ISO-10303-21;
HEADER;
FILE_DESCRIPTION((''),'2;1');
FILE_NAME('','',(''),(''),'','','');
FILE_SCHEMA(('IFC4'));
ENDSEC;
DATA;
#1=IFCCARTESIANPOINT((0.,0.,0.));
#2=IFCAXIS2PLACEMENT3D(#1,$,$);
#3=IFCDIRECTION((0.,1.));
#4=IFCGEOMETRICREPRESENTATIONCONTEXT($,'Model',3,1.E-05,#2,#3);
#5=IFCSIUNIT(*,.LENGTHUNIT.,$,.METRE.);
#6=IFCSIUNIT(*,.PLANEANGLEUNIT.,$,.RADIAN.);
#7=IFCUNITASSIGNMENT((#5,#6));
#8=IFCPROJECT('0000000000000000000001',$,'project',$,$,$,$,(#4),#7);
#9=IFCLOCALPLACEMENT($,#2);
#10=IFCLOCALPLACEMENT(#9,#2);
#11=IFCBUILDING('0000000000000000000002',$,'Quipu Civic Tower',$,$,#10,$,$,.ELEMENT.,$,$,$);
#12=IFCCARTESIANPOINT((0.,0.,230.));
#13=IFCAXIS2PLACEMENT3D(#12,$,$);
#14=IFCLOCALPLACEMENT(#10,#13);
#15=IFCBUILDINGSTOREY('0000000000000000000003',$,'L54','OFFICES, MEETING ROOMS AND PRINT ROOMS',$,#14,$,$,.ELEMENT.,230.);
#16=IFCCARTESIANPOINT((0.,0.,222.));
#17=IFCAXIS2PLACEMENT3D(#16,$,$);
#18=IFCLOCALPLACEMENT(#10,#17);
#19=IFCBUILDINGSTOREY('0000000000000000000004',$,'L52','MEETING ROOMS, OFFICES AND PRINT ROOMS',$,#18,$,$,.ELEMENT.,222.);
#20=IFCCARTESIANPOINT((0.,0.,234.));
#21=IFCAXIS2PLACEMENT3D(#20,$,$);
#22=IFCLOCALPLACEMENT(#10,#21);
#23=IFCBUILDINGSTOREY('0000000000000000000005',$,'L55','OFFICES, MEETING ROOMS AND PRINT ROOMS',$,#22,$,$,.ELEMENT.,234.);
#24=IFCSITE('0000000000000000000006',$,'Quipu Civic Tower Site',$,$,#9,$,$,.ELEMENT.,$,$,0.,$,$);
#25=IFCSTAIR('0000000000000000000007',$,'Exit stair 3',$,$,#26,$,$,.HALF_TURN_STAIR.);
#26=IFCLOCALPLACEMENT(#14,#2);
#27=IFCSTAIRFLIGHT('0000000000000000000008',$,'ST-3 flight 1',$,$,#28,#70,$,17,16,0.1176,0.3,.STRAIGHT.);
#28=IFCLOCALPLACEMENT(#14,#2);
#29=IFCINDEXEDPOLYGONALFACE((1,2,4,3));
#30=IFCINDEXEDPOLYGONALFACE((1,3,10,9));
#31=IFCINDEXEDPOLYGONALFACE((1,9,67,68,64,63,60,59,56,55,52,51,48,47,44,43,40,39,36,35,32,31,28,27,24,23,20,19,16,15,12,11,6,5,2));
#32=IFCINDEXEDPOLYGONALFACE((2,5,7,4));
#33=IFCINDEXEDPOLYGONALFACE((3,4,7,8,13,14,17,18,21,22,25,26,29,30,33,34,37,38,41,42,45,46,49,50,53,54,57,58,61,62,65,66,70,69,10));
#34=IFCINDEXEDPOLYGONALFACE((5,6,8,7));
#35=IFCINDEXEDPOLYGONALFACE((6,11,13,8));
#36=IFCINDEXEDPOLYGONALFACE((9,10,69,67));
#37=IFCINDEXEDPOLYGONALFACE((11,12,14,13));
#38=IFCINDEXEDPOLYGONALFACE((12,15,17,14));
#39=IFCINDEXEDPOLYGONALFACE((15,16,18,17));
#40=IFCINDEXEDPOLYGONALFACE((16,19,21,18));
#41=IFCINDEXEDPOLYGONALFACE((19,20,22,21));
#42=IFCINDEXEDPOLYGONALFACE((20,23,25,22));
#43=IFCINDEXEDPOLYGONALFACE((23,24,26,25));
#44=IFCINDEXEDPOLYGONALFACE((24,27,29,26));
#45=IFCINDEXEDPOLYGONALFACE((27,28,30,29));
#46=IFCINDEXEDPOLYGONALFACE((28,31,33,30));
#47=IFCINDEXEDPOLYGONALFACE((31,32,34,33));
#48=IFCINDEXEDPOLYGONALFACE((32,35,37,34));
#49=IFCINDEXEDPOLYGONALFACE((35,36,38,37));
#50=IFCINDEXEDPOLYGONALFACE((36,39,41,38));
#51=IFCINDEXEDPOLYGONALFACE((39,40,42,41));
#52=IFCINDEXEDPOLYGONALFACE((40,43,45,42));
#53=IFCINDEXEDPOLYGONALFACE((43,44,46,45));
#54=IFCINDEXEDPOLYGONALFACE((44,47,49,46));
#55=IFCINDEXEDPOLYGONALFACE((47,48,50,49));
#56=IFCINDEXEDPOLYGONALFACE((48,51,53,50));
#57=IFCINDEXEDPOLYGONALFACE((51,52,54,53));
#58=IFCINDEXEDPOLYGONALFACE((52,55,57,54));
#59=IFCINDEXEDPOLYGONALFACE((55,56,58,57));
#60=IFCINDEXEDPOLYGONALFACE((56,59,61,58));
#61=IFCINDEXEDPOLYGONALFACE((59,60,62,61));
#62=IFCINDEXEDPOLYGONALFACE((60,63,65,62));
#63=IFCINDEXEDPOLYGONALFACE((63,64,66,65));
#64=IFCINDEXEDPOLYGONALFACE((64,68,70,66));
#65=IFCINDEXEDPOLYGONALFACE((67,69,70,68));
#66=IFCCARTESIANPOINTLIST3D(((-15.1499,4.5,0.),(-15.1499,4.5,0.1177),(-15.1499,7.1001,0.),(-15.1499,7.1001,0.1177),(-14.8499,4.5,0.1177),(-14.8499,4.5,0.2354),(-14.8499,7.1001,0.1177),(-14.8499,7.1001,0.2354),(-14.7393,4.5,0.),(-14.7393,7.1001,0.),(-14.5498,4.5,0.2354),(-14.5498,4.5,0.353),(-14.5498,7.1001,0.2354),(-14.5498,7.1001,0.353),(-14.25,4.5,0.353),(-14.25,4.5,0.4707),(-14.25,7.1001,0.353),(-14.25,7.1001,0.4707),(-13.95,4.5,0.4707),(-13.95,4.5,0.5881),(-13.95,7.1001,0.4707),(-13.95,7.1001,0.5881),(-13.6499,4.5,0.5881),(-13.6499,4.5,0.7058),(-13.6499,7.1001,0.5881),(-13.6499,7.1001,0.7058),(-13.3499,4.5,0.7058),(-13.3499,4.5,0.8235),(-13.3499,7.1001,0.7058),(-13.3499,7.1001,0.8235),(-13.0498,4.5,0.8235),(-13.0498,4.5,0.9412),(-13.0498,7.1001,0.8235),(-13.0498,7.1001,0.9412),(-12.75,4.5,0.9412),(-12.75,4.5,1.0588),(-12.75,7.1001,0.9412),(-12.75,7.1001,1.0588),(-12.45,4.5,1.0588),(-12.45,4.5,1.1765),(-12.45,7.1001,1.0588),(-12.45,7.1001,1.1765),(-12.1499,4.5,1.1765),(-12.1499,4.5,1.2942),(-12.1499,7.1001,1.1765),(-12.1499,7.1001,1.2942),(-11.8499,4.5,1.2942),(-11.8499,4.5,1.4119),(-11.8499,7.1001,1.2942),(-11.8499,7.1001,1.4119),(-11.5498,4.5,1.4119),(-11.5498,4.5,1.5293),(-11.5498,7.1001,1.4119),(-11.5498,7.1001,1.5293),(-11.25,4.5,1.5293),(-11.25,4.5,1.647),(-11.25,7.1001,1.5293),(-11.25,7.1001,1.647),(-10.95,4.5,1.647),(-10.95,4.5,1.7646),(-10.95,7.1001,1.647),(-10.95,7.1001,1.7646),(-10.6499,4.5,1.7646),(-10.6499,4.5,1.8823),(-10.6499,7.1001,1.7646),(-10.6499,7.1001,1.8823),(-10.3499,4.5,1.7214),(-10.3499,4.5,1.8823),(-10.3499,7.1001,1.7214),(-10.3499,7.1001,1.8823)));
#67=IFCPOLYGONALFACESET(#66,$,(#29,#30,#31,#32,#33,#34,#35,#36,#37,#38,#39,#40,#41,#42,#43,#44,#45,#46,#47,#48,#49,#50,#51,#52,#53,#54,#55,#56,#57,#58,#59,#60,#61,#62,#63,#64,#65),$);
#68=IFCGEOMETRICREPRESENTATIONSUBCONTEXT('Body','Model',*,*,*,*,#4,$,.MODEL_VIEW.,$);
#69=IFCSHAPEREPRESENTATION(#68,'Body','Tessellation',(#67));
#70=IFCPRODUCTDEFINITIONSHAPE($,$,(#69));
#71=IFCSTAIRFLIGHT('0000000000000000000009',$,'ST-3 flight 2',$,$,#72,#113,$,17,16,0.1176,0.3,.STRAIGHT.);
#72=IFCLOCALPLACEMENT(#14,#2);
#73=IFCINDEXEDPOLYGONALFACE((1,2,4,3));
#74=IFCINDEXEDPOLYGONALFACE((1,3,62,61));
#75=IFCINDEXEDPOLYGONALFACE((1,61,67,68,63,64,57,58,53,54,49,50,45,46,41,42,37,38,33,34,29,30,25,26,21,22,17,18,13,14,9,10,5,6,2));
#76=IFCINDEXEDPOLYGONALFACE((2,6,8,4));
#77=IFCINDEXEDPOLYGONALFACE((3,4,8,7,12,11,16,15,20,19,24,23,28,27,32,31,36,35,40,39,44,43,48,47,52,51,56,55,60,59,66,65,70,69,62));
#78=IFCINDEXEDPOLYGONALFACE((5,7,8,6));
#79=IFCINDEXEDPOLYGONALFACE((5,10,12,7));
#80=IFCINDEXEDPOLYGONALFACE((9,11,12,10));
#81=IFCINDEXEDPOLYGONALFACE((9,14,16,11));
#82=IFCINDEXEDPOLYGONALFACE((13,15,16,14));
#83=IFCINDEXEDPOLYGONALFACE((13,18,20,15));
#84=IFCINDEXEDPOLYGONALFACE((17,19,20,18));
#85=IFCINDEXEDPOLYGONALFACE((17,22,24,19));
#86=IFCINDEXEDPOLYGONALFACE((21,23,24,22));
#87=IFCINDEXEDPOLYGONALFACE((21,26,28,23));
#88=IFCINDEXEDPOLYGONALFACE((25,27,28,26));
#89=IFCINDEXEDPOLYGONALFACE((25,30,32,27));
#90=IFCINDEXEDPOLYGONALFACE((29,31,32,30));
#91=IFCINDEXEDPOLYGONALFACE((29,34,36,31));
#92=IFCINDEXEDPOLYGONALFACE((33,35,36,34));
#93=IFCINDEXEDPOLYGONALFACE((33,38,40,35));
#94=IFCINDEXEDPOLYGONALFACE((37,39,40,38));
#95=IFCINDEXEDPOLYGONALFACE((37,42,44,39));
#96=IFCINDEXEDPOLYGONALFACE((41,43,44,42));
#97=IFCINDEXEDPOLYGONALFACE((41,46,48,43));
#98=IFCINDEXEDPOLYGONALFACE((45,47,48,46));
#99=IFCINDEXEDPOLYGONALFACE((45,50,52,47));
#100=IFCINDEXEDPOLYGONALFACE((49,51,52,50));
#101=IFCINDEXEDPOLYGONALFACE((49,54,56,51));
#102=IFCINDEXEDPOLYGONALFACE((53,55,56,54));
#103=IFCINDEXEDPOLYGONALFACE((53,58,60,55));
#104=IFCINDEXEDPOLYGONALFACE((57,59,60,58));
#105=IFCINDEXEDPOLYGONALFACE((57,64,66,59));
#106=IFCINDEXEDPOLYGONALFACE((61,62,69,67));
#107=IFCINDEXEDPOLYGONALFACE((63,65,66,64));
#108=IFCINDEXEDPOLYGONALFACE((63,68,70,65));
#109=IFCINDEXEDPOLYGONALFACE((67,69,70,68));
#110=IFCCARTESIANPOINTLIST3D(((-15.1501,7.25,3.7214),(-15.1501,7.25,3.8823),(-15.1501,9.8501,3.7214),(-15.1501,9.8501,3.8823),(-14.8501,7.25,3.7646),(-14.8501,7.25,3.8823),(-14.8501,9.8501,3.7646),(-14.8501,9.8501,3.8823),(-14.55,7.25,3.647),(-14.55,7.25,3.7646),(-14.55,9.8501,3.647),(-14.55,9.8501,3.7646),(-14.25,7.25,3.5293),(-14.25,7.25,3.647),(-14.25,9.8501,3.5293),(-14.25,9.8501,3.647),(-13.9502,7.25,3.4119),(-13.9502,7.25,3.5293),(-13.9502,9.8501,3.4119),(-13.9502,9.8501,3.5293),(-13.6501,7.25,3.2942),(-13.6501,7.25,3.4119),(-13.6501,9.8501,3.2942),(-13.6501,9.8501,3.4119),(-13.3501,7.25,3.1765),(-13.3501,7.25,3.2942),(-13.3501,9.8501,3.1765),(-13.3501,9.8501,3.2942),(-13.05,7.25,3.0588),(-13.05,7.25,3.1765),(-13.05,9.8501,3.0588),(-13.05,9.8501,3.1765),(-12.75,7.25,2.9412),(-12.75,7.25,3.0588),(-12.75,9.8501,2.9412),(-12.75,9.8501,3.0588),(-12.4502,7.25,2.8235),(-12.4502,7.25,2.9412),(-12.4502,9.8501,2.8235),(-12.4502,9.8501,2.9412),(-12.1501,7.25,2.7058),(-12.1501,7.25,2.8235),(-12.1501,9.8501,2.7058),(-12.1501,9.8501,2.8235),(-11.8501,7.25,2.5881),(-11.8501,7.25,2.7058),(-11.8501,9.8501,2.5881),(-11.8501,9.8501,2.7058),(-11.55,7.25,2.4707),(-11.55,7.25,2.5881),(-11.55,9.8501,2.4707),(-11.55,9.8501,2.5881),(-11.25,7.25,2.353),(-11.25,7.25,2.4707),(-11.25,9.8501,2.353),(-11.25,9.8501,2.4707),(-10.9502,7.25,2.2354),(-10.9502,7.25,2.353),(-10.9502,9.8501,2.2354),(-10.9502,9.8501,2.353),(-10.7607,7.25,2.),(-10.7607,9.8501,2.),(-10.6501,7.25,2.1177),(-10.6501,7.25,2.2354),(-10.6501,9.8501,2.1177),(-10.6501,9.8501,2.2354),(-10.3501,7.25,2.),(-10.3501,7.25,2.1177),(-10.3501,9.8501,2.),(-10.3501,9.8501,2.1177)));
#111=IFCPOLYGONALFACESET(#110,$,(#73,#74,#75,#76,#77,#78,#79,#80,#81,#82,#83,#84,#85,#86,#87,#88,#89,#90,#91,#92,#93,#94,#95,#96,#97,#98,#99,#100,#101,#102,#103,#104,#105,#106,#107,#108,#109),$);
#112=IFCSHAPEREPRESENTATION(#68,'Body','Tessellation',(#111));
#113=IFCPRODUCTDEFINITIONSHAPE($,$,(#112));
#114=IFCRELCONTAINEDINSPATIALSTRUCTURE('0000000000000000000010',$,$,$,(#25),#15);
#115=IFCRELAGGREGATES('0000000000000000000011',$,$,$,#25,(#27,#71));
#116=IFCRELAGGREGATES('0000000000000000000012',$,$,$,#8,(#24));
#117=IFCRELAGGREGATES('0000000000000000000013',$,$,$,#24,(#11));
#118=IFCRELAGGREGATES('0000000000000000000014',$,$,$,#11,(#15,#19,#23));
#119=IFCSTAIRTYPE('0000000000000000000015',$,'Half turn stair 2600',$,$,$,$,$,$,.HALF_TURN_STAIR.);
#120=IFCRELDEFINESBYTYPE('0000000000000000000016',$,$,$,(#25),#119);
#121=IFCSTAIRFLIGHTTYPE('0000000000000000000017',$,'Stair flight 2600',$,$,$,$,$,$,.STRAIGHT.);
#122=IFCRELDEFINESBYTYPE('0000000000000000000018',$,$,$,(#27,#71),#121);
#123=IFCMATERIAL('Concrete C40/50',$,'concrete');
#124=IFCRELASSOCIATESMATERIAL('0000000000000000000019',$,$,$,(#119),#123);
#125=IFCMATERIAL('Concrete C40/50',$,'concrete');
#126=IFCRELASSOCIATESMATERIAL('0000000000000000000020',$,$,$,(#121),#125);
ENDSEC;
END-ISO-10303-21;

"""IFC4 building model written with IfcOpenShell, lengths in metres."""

from ifc_helpers import new_model, si_unit, direction, frame, origin, place, context, subcontext, project, spatial, polyline, outline, extrude, material, type_object, element, aggregate, save


model = new_model("IFC4")

# Units and contexts
model_context = context("Model", 3, precision=1e-05, world=origin(), true_north=direction((0.0, 1.0)))
body_context = subcontext(model_context, "Body", "Model", "MODEL_VIEW")
ifc_project = project(units=[si_unit("LENGTHUNIT", "METRE"), si_unit("PLANEANGLEUNIT", "RADIAN")], contexts=[model_context])

# Site, building, storey
site_placement = place(None, origin())
site = spatial("IfcSite", under=ifc_project, at=site_placement, Name="Quipu Civic Tower Site", CompositionType="ELEMENT", RefElevation=0.0)
building_placement = place(site_placement, origin())
building = spatial("IfcBuilding", under=site, at=building_placement, Name="Quipu Civic Tower", CompositionType="ELEMENT")
storey_1_placement = place(building_placement, frame((0.0, 0.0, 230.0)))
storey_1 = spatial("IfcBuildingStorey", under=building, at=storey_1_placement, Name="L54", Description="OFFICES, MEETING ROOMS AND PRINT ROOMS", CompositionType="ELEMENT", Elevation=230.0)

# Shared definitions
storey_2_placement = place(building_placement, frame((0.0, 0.0, 222.0)))
storey_2 = spatial("IfcBuildingStorey", under=building, at=storey_2_placement, Name="L52", Description="MEETING ROOMS, OFFICES AND PRINT ROOMS", CompositionType="ELEMENT", Elevation=222.0)

# Shared definitions
storey_3_placement = place(building_placement, frame((0.0, 0.0, 234.0)))
storey_3 = spatial("IfcBuildingStorey", under=building, at=storey_3_placement, Name="L55", Description="OFFICES, MEETING ROOMS AND PRINT ROOMS", CompositionType="ELEMENT", Elevation=234.0)

# Stair, stair flights
ifc_material_1 = material(Name="Concrete C40/50", Category="concrete")
stair_type = type_object("IfcStairType", Name="Half turn stair 2600", PredefinedType="HALF_TURN_STAIR", material=ifc_material_1)
stair_placement = place(storey_1_placement, origin())
stair = element("IfcStair", 1, at=stair_placement, inside=storey_1, type_object=stair_type, Name="Exit stair 3", PredefinedType="HALF_TURN_STAIR")
ifc_material_2 = material(Name="Concrete C40/50", Category="concrete")
stair_flight_type = type_object("IfcStairFlightType", Name="Stair flight 2600", PredefinedType="STRAIGHT", material=ifc_material_2)
stair_flight_1_placement = place(storey_1_placement, frame((-15.1499, 5.8, 0.0), z_axis=(0.0, 0.0, 1.0), x_axis=(1.0, 0.0, 0.0)))
stair_flight_1 = element("IfcStairFlight", 2, at=stair_flight_1_placement, type_object=stair_flight_type, Name="ST-3 flight 1", NumberOfRisers=17, NumberOfTreads=16, PredefinedType="STRAIGHT", RiserHeight=0.1176, TreadLength=0.3, context=body_context, shape_type="SweptSolid", body=[
    extrude(outline(polyline([(0.0, 0.0), (0.0, 0.1177), (0.3, 0.1177), (0.3, 0.2354), (0.6001, 0.2354), (0.6001, 0.353), (0.8999, 0.353), (0.8999, 0.4707), (1.2, 0.4707), (1.2, 0.5881), (1.5, 0.5881), (1.5, 0.7058), (1.8, 0.7058), (1.8, 0.8235), (2.1001, 0.8235), (2.1001, 0.9412), (2.3999, 0.9412), (2.3999, 1.0588), (2.7, 1.0588), (2.7, 1.1765), (3.0, 1.1765), (3.0, 1.2942), (3.3, 1.2942), (3.3, 1.4119), (3.6001, 1.4119), (3.6001, 1.5293), (3.8999, 1.5293), (3.8999, 1.647), (4.2, 1.647), (4.2, 1.7646), (4.5, 1.7646), (4.5, 1.8823), (4.8, 1.8823), (4.8, 2.0), (4.8, 1.7214), (0.4106, 0.0), (0.0, 0.0)])), frame((0.0, 1.3, 0.0), z_axis=(0.0, -1.0, 0.0), x_axis=(1.0, 0.0, 0.0)), (0.0, 0.0, 1.0), 2.6001),
])
stair_flight_2_placement = place(storey_1_placement, frame((-10.3501, 8.55, 2.0), z_axis=(0.0, 0.0, 1.0), x_axis=(-1.0, 0.0, 0.0)))
stair_flight_2 = element("IfcStairFlight", 3, at=stair_flight_2_placement, type_object=stair_flight_type, Name="ST-3 flight 2", NumberOfRisers=17, NumberOfTreads=16, PredefinedType="STRAIGHT", RiserHeight=0.1176, TreadLength=0.3, context=body_context, shape_type="SweptSolid", body=[
    extrude(outline(polyline([(0.0, 0.0), (0.0, 0.1177), (0.3, 0.1177), (0.3, 0.2354), (0.6001, 0.2354), (0.6001, 0.353), (0.8999, 0.353), (0.8999, 0.4707), (1.2, 0.4707), (1.2, 0.5881), (1.5, 0.5881), (1.5, 0.7058), (1.8, 0.7058), (1.8, 0.8235), (2.1001, 0.8235), (2.1001, 0.9412), (2.3999, 0.9412), (2.3999, 1.0588), (2.7, 1.0588), (2.7, 1.1765), (3.0, 1.1765), (3.0, 1.2942), (3.3, 1.2942), (3.3, 1.4119), (3.6001, 1.4119), (3.6001, 1.5293), (3.8999, 1.5293), (3.8999, 1.647), (4.2, 1.647), (4.2, 1.7646), (4.5, 1.7646), (4.5, 1.8823), (4.8, 1.8823), (4.8, 2.0), (4.8, 1.7214), (0.4106, 0.0), (0.0, 0.0)])), frame((0.0, 1.3, 0.0), z_axis=(0.0, -1.0, 0.0), x_axis=(1.0, 0.0, 0.0)), (0.0, 0.0, 1.0), 2.6001),
])
aggregate(stair, [stair_flight_1, stair_flight_2])

save(model, "model.ifc")
